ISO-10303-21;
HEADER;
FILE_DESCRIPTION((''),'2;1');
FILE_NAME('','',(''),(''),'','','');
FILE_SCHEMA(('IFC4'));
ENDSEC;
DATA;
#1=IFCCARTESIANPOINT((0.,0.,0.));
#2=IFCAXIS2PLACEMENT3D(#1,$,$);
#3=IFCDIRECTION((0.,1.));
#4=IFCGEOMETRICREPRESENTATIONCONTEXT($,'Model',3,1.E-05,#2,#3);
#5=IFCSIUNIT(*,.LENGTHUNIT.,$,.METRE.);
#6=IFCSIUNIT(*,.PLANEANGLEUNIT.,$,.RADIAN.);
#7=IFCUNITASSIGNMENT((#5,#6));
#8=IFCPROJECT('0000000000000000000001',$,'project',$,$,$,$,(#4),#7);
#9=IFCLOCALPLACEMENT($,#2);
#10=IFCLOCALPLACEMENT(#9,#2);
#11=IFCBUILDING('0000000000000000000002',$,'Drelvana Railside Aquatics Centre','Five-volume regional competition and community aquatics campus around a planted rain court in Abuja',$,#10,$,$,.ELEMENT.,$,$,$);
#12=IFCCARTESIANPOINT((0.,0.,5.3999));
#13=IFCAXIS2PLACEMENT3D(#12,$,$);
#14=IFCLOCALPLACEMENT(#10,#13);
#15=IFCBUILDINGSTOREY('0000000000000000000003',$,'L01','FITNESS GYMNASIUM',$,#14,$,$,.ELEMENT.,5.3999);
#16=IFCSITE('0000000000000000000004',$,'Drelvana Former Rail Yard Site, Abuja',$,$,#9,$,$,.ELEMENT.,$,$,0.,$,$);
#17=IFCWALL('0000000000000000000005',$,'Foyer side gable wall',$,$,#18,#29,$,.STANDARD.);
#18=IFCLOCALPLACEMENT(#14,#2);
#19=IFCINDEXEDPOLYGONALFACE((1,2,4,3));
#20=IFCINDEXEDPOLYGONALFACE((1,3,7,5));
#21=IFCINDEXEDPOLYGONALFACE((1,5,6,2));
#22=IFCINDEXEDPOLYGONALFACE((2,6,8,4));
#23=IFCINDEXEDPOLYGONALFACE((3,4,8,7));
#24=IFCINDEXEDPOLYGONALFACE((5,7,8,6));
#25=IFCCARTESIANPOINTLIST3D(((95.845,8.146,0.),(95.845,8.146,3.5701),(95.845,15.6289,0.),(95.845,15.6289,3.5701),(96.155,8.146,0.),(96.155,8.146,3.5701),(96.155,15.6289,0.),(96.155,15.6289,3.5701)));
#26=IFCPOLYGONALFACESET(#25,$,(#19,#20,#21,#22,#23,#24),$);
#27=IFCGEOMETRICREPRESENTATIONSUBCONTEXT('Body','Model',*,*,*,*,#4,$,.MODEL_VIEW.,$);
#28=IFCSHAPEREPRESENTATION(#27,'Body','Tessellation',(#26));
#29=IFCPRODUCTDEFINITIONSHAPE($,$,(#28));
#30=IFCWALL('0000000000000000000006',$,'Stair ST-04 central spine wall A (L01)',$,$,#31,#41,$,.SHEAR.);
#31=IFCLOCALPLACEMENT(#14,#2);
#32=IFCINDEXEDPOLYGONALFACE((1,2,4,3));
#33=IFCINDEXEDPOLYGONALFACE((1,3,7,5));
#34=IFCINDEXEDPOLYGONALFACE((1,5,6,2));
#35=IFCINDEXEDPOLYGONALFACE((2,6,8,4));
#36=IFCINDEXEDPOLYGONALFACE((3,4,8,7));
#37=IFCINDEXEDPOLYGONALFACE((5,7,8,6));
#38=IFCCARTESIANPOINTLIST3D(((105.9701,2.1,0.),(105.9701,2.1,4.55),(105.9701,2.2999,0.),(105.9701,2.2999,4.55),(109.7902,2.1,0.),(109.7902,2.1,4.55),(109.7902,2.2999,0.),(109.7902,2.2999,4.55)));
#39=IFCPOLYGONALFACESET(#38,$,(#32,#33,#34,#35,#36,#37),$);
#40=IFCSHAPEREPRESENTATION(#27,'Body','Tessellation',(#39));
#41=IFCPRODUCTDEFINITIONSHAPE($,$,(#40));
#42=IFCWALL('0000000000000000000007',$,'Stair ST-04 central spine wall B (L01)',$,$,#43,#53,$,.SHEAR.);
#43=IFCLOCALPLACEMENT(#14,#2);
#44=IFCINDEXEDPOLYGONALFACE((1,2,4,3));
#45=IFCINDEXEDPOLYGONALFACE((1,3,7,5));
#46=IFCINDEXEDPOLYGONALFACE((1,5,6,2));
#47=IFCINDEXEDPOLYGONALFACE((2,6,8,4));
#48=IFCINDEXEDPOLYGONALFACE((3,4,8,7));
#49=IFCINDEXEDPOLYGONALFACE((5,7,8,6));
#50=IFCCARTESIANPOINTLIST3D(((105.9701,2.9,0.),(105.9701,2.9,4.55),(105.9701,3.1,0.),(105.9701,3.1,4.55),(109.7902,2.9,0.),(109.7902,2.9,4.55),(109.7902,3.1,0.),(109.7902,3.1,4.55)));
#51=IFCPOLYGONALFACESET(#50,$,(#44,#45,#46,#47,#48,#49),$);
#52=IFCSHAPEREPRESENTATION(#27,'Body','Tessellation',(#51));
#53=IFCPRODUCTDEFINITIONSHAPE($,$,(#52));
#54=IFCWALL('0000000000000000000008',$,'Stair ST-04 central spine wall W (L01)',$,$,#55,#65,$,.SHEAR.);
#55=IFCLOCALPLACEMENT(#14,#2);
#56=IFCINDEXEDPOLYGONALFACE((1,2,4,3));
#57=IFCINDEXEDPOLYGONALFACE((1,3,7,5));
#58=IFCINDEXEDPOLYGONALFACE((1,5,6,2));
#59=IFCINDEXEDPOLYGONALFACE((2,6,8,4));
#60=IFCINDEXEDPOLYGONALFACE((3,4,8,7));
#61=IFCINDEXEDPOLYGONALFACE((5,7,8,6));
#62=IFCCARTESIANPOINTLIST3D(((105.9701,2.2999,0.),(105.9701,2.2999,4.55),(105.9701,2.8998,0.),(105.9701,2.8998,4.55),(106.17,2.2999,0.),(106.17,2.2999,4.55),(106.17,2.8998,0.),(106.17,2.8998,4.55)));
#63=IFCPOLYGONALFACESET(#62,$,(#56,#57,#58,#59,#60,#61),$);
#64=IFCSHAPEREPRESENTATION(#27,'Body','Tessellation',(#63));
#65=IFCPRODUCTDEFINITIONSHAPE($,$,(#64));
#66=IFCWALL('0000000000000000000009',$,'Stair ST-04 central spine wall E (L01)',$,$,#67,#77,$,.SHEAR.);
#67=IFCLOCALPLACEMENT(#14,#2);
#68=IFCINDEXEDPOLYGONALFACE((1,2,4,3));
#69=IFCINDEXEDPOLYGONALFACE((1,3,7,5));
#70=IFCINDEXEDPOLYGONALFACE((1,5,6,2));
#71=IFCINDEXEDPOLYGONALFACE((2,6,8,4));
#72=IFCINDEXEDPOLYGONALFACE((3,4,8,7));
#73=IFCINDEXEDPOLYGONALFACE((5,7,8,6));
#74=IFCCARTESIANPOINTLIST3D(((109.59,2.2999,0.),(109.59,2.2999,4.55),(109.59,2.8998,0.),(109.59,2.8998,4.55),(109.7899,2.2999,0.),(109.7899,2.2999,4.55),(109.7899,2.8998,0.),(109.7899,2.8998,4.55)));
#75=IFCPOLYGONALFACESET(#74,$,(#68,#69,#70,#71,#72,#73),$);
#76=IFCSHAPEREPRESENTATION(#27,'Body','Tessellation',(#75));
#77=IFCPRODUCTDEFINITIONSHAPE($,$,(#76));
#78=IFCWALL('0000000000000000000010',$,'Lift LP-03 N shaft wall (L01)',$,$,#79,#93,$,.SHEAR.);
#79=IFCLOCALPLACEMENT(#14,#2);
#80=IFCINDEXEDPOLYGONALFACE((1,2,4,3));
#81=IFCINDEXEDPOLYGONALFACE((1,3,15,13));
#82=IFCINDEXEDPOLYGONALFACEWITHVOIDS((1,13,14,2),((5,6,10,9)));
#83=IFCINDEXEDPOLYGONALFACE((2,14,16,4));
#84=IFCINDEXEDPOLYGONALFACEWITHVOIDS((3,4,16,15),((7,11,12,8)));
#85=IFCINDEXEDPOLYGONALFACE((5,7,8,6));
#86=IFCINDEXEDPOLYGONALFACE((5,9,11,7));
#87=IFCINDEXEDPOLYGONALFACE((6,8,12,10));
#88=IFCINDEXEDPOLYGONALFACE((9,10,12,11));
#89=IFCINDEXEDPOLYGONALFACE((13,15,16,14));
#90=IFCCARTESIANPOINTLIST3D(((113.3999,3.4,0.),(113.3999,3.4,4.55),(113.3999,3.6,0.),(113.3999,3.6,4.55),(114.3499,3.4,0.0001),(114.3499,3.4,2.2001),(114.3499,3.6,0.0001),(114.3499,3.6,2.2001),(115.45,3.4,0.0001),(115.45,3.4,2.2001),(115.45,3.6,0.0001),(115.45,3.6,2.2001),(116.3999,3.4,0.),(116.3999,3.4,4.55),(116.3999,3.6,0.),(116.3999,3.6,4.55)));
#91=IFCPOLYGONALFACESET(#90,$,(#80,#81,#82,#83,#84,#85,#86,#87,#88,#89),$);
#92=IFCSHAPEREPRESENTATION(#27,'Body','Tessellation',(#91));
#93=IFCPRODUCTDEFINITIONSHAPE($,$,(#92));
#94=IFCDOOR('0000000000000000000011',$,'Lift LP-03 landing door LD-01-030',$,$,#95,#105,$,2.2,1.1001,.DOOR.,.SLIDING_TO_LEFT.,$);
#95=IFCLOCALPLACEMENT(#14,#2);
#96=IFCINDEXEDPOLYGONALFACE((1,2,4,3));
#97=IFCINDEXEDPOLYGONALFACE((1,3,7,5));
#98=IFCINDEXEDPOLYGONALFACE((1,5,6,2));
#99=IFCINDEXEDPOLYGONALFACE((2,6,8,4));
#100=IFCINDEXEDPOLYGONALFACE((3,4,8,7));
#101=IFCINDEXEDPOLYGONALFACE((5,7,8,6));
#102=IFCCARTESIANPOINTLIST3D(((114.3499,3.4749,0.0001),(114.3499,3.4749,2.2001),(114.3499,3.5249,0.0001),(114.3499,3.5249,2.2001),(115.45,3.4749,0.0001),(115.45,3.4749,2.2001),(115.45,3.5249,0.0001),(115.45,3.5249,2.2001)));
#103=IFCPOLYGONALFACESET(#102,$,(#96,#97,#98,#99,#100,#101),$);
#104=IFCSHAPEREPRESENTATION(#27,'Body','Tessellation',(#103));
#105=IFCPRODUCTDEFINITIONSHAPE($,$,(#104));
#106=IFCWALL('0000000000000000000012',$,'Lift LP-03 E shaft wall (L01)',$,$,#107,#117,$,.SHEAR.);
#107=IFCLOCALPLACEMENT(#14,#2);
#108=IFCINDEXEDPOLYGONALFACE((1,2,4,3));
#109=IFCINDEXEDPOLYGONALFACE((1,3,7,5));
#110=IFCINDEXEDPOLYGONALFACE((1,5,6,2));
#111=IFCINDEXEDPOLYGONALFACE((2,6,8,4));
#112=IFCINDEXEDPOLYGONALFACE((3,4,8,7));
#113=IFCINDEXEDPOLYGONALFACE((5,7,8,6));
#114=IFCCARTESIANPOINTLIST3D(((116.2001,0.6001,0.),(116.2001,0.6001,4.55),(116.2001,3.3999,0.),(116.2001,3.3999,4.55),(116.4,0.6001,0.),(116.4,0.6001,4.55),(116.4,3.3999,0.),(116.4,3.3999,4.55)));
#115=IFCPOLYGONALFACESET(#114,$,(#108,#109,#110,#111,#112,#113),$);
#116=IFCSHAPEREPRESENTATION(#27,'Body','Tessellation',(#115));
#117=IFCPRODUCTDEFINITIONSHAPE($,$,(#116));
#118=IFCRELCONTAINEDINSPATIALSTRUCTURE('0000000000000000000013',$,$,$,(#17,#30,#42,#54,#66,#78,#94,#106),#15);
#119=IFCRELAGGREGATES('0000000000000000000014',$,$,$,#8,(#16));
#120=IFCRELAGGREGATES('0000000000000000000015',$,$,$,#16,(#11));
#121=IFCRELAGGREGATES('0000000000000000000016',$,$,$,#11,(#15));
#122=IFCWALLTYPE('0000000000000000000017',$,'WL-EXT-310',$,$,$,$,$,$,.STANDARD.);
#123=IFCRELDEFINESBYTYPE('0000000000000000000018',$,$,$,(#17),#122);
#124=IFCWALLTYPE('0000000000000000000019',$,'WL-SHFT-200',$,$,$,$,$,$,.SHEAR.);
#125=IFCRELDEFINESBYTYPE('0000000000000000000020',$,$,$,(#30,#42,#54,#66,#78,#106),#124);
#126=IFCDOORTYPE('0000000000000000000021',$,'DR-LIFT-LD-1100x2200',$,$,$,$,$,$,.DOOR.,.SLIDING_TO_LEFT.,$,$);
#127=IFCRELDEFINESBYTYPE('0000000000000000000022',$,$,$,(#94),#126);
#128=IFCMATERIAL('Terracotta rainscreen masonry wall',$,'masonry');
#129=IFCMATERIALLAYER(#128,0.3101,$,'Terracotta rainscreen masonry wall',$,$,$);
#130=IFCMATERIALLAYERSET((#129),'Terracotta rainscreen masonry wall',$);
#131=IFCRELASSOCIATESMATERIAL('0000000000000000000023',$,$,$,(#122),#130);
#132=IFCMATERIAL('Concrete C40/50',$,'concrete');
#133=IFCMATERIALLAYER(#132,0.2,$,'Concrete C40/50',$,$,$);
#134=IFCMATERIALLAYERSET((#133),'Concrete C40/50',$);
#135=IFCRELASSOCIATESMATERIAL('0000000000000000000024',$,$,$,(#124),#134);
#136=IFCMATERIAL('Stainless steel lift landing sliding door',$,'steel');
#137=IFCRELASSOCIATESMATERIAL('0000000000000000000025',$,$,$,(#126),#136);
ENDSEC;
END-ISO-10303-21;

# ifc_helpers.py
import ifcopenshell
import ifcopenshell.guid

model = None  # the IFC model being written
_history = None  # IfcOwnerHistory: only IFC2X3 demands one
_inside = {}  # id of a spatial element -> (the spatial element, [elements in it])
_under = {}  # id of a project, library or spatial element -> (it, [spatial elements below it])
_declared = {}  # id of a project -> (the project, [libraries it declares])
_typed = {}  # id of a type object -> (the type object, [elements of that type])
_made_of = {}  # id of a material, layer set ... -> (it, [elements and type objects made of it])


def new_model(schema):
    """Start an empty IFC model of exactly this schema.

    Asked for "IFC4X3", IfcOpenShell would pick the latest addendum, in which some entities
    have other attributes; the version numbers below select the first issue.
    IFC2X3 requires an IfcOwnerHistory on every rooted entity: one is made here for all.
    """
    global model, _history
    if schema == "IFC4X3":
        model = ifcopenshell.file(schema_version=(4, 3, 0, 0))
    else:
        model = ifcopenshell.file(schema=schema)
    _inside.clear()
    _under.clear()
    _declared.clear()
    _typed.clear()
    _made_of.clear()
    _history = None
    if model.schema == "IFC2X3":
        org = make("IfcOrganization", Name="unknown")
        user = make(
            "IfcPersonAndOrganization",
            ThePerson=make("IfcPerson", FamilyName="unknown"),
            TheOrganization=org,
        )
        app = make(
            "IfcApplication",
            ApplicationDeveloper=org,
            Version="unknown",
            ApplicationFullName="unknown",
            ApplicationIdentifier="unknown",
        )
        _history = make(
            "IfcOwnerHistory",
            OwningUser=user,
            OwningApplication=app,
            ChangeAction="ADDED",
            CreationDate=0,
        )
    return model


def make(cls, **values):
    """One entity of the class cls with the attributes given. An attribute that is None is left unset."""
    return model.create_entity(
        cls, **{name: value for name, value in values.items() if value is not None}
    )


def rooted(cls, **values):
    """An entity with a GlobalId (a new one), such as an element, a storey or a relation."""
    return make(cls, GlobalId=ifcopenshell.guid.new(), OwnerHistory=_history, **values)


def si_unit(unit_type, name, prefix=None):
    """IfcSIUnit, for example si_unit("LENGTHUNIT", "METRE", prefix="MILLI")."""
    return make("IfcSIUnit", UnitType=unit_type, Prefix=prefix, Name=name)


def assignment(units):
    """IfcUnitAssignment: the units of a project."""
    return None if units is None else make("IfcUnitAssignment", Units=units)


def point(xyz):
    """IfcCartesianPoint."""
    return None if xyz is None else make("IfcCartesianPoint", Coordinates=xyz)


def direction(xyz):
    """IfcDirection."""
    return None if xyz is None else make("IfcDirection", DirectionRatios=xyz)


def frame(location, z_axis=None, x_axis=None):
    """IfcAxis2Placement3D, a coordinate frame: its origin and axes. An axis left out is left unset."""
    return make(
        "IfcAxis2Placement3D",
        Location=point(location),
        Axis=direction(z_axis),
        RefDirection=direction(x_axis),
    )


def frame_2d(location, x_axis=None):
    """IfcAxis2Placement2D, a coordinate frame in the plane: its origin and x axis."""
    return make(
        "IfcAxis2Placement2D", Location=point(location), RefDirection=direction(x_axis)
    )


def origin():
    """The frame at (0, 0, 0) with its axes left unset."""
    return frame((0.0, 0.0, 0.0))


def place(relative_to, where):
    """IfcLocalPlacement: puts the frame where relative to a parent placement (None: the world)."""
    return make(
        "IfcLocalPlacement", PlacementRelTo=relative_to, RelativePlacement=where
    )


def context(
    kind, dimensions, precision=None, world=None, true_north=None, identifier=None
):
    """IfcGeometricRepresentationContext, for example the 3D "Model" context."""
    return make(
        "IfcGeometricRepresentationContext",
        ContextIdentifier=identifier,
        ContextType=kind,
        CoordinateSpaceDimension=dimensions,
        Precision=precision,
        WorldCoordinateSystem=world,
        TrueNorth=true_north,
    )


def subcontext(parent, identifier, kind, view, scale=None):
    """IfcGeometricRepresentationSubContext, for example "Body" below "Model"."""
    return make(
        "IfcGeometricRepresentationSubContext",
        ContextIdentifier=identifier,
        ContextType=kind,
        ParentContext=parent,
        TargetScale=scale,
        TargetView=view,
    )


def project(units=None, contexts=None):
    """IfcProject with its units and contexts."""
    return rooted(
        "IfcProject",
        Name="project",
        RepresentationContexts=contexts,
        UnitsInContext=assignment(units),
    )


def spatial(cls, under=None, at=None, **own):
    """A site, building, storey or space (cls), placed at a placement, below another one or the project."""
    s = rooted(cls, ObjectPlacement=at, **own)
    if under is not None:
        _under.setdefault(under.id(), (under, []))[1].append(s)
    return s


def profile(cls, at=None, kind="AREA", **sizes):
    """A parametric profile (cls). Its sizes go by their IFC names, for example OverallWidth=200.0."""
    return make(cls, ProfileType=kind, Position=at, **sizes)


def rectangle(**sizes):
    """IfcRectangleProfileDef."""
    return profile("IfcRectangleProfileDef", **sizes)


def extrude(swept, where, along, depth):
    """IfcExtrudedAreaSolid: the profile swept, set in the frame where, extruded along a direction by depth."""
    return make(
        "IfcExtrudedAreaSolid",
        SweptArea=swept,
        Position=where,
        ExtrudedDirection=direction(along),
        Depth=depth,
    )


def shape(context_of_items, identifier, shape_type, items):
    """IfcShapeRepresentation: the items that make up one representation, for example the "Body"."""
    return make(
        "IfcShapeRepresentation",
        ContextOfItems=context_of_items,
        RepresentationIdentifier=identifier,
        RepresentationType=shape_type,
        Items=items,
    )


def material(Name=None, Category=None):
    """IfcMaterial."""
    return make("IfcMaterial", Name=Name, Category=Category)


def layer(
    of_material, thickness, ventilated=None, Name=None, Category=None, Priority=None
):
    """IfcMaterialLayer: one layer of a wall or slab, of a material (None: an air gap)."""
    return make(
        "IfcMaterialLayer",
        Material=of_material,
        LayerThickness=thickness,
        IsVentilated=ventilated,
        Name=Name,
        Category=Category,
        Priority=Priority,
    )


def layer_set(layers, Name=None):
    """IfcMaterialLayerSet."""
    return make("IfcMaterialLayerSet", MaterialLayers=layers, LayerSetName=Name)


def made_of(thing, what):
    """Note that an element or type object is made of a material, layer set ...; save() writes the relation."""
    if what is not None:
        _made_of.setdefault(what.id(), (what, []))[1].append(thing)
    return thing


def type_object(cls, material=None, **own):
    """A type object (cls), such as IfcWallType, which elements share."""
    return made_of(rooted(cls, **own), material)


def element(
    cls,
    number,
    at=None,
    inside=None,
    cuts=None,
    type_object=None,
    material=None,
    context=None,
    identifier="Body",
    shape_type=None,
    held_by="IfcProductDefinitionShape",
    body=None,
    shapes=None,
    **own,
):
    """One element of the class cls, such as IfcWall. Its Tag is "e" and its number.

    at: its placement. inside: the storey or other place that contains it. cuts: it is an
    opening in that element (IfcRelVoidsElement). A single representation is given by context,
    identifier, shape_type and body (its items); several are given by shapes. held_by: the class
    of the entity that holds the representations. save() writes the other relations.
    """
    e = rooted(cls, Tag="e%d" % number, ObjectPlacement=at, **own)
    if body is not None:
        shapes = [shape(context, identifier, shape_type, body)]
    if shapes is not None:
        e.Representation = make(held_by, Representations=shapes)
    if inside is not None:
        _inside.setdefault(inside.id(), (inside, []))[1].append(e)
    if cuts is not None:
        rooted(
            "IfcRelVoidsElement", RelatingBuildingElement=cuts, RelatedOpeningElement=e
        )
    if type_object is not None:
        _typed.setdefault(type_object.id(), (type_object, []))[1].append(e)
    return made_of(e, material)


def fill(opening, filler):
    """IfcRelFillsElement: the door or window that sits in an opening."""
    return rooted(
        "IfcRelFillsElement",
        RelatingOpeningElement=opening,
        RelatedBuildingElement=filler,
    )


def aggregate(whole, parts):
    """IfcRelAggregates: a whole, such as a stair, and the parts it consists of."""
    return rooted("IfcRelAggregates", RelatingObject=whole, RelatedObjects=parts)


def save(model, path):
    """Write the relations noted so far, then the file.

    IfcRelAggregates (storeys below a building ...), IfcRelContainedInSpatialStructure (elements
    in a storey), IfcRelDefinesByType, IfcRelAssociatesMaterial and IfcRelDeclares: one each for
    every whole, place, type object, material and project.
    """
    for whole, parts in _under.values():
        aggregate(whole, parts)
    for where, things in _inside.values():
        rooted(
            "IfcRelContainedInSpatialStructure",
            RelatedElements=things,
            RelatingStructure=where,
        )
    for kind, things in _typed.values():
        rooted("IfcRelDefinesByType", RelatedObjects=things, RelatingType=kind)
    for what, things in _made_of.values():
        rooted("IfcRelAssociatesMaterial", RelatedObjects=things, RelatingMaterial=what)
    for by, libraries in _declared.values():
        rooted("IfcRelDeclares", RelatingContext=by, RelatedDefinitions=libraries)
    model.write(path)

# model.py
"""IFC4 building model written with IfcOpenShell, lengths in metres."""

from ifc_helpers import new_model, si_unit, direction, frame, frame_2d, origin, place, context, subcontext, project, spatial, rectangle, extrude, material, layer, layer_set, type_object, element, fill, save


model = new_model("IFC4")

# Units and contexts
model_context = context("Model", 3, precision=1e-05, world=origin(), true_north=direction((0.0, 1.0)))
body_context = subcontext(model_context, "Body", "Model", "MODEL_VIEW")
ifc_project = project(units=[si_unit("LENGTHUNIT", "METRE"), si_unit("PLANEANGLEUNIT", "RADIAN")], contexts=[model_context])

# Site, building, storey
site_placement = place(None, origin())
site = spatial("IfcSite", under=ifc_project, at=site_placement, Name="Drelvana Former Rail Yard Site, Abuja", CompositionType="ELEMENT", RefElevation=0.0)
building_placement = place(site_placement, origin())
building = spatial("IfcBuilding", under=site, at=building_placement, Name="Drelvana Railside Aquatics Centre", Description="Five-volume regional competition and community aquatics campus around a planted rain court in Abuja", CompositionType="ELEMENT")
storey_placement = place(building_placement, frame((0.0, 0.0, 5.3999)))
storey = spatial("IfcBuildingStorey", under=building, at=storey_placement, Name="L01", Description="FITNESS GYMNASIUM", CompositionType="ELEMENT", Elevation=5.3999)

# Shared definitions
ifc_material_1 = material(Name="Concrete C40/50", Category="concrete")

# Walls
ifc_material_2 = material(Name="Terracotta rainscreen masonry wall", Category="masonry")
ifc_layer_1 = layer(ifc_material_2, 0.3101, Name="Terracotta rainscreen masonry wall")
ifc_layer_set_1 = layer_set([ifc_layer_1], Name="Terracotta rainscreen masonry wall")
wall_type_1 = type_object("IfcWallType", Name="WL-EXT-310", PredefinedType="STANDARD", material=ifc_layer_set_1)
wall_1_placement = place(storey_placement, frame((96.0, 8.146, 0.0), z_axis=(0.0, 0.0, 1.0), x_axis=(0.0, 1.0, 0.0)))
element("IfcWall", 1, at=wall_1_placement, inside=storey, type_object=wall_type_1, Name="Foyer side gable wall", PredefinedType="STANDARD", context=body_context, shape_type="SweptSolid", body=[
    extrude(rectangle(XDim=7.4829, YDim=0.3101, at=frame_2d((3.7415, 0.0))), origin(), (0.0, 0.0, 1.0), 3.5701),
])
ifc_layer_2 = layer(ifc_material_1, 0.2, Name="Concrete C40/50")
ifc_layer_set_2 = layer_set([ifc_layer_2], Name="Concrete C40/50")
wall_type_2 = type_object("IfcWallType", Name="WL-SHFT-200", PredefinedType="SHEAR", material=ifc_layer_set_2)
for number, where, z_axis, x_axis, name in (
    (2, (105.97, 2.2, 0.0), (0.0, 0.0, 1.0), (1.0, 0.0, 0.0), "Stair ST-04 central spine wall A (L01)"),
    (3, (105.97, 3.0, 0.0), (0.0, 0.0, 1.0), (1.0, 0.0, 0.0), "Stair ST-04 central spine wall B (L01)"),
):
    element("IfcWall", number, at=place(storey_placement, frame(where, z_axis=z_axis, x_axis=x_axis)), inside=storey, type_object=wall_type_2, Name=name, PredefinedType="SHEAR", context=body_context, shape_type="SweptSolid", body=[
        extrude(rectangle(XDim=3.8201, YDim=0.2, at=frame_2d((1.9102, 0.0))), origin(), (0.0, 0.0, 1.0), 4.55),
    ])
for number, where, z_axis, x_axis, name in (
    (4, (106.0701, 2.3, 0.0), (0.0, 0.0, 1.0), (0.0, 1.0, 0.0), "Stair ST-04 central spine wall W (L01)"),
    (5, (109.6899, 2.3, 0.0), (0.0, 0.0, 1.0), (0.0, 1.0, 0.0), "Stair ST-04 central spine wall E (L01)"),
):
    element("IfcWall", number, at=place(storey_placement, frame(where, z_axis=z_axis, x_axis=x_axis)), inside=storey, type_object=wall_type_2, Name=name, PredefinedType="SHEAR", context=body_context, shape_type="SweptSolid", body=[
        extrude(rectangle(XDim=0.5999, YDim=0.2, at=frame_2d((0.2998, 0.0))), origin(), (0.0, 0.0, 1.0), 4.55),
    ])

# Wall, opening, door
wall_2_placement = place(storey_placement, frame((113.3999, 3.5, 0.0), z_axis=(0.0, 0.0, 1.0), x_axis=(1.0, 0.0, 0.0)))
wall_2 = element("IfcWall", 6, at=wall_2_placement, inside=storey, type_object=wall_type_2, Name="Lift LP-03 N shaft wall (L01)", PredefinedType="SHEAR", context=body_context, shape_type="SweptSolid", body=[
    extrude(rectangle(XDim=3.0, YDim=0.2, at=frame_2d((1.5, 0.0))), origin(), (0.0, 0.0, 1.0), 4.55),
])
opening_1_placement = place(wall_2_placement, frame((0.95, 0.0, 0.0)))
opening_1 = element("IfcOpeningElement", 7, at=opening_1_placement, cuts=wall_2, PredefinedType="OPENING", context=body_context, shape_type="SweptSolid", body=[
    extrude(rectangle(XDim=1.1001, YDim=2.2, at=frame_2d((0.55, 1.1001))), frame((0.0, 0.1099, 0.0), z_axis=(0.0, -1.0, 0.0), x_axis=(1.0, 0.0, 0.0)), (0.0, 0.0, 1.0), 0.22),
])
ifc_material_3 = material(Name="Stainless steel lift landing sliding door", Category="steel")
door_type_1 = type_object("IfcDoorType", Name="DR-LIFT-LD-1100x2200", OperationType="SLIDING_TO_LEFT", PredefinedType="DOOR", material=ifc_material_3)
door_1_placement = place(opening_1_placement, origin())
door_1 = element("IfcDoor", 8, at=door_1_placement, inside=storey, type_object=door_type_1, Name="Lift LP-03 landing door LD-01-030", OperationType="SLIDING_TO_LEFT", OverallHeight=2.2, OverallWidth=1.1001, PredefinedType="DOOR", context=body_context, shape_type="SweptSolid", body=[
    extrude(rectangle(XDim=1.1001, YDim=2.2, at=frame_2d((0.55, 1.1001))), frame((0.0, 0.0249, 0.0), z_axis=(0.0, -1.0, 0.0), x_axis=(1.0, 0.0, 0.0)), (0.0, 0.0, 1.0), 0.05),
])
fill(opening_1, door_1)

# Wall
wall_3_placement = place(storey_placement, frame((116.3, 0.6001, 0.0), z_axis=(0.0, 0.0, 1.0), x_axis=(0.0, 1.0, 0.0)))
element("IfcWall", 9, at=wall_3_placement, inside=storey, type_object=wall_type_2, Name="Lift LP-03 E shaft wall (L01)", PredefinedType="SHEAR", context=body_context, shape_type="SweptSolid", body=[
    extrude(rectangle(XDim=2.7998, YDim=0.2, at=frame_2d((1.3999, 0.0))), origin(), (0.0, 0.0, 1.0), 4.55),
])

save(model, "model.ifc")
